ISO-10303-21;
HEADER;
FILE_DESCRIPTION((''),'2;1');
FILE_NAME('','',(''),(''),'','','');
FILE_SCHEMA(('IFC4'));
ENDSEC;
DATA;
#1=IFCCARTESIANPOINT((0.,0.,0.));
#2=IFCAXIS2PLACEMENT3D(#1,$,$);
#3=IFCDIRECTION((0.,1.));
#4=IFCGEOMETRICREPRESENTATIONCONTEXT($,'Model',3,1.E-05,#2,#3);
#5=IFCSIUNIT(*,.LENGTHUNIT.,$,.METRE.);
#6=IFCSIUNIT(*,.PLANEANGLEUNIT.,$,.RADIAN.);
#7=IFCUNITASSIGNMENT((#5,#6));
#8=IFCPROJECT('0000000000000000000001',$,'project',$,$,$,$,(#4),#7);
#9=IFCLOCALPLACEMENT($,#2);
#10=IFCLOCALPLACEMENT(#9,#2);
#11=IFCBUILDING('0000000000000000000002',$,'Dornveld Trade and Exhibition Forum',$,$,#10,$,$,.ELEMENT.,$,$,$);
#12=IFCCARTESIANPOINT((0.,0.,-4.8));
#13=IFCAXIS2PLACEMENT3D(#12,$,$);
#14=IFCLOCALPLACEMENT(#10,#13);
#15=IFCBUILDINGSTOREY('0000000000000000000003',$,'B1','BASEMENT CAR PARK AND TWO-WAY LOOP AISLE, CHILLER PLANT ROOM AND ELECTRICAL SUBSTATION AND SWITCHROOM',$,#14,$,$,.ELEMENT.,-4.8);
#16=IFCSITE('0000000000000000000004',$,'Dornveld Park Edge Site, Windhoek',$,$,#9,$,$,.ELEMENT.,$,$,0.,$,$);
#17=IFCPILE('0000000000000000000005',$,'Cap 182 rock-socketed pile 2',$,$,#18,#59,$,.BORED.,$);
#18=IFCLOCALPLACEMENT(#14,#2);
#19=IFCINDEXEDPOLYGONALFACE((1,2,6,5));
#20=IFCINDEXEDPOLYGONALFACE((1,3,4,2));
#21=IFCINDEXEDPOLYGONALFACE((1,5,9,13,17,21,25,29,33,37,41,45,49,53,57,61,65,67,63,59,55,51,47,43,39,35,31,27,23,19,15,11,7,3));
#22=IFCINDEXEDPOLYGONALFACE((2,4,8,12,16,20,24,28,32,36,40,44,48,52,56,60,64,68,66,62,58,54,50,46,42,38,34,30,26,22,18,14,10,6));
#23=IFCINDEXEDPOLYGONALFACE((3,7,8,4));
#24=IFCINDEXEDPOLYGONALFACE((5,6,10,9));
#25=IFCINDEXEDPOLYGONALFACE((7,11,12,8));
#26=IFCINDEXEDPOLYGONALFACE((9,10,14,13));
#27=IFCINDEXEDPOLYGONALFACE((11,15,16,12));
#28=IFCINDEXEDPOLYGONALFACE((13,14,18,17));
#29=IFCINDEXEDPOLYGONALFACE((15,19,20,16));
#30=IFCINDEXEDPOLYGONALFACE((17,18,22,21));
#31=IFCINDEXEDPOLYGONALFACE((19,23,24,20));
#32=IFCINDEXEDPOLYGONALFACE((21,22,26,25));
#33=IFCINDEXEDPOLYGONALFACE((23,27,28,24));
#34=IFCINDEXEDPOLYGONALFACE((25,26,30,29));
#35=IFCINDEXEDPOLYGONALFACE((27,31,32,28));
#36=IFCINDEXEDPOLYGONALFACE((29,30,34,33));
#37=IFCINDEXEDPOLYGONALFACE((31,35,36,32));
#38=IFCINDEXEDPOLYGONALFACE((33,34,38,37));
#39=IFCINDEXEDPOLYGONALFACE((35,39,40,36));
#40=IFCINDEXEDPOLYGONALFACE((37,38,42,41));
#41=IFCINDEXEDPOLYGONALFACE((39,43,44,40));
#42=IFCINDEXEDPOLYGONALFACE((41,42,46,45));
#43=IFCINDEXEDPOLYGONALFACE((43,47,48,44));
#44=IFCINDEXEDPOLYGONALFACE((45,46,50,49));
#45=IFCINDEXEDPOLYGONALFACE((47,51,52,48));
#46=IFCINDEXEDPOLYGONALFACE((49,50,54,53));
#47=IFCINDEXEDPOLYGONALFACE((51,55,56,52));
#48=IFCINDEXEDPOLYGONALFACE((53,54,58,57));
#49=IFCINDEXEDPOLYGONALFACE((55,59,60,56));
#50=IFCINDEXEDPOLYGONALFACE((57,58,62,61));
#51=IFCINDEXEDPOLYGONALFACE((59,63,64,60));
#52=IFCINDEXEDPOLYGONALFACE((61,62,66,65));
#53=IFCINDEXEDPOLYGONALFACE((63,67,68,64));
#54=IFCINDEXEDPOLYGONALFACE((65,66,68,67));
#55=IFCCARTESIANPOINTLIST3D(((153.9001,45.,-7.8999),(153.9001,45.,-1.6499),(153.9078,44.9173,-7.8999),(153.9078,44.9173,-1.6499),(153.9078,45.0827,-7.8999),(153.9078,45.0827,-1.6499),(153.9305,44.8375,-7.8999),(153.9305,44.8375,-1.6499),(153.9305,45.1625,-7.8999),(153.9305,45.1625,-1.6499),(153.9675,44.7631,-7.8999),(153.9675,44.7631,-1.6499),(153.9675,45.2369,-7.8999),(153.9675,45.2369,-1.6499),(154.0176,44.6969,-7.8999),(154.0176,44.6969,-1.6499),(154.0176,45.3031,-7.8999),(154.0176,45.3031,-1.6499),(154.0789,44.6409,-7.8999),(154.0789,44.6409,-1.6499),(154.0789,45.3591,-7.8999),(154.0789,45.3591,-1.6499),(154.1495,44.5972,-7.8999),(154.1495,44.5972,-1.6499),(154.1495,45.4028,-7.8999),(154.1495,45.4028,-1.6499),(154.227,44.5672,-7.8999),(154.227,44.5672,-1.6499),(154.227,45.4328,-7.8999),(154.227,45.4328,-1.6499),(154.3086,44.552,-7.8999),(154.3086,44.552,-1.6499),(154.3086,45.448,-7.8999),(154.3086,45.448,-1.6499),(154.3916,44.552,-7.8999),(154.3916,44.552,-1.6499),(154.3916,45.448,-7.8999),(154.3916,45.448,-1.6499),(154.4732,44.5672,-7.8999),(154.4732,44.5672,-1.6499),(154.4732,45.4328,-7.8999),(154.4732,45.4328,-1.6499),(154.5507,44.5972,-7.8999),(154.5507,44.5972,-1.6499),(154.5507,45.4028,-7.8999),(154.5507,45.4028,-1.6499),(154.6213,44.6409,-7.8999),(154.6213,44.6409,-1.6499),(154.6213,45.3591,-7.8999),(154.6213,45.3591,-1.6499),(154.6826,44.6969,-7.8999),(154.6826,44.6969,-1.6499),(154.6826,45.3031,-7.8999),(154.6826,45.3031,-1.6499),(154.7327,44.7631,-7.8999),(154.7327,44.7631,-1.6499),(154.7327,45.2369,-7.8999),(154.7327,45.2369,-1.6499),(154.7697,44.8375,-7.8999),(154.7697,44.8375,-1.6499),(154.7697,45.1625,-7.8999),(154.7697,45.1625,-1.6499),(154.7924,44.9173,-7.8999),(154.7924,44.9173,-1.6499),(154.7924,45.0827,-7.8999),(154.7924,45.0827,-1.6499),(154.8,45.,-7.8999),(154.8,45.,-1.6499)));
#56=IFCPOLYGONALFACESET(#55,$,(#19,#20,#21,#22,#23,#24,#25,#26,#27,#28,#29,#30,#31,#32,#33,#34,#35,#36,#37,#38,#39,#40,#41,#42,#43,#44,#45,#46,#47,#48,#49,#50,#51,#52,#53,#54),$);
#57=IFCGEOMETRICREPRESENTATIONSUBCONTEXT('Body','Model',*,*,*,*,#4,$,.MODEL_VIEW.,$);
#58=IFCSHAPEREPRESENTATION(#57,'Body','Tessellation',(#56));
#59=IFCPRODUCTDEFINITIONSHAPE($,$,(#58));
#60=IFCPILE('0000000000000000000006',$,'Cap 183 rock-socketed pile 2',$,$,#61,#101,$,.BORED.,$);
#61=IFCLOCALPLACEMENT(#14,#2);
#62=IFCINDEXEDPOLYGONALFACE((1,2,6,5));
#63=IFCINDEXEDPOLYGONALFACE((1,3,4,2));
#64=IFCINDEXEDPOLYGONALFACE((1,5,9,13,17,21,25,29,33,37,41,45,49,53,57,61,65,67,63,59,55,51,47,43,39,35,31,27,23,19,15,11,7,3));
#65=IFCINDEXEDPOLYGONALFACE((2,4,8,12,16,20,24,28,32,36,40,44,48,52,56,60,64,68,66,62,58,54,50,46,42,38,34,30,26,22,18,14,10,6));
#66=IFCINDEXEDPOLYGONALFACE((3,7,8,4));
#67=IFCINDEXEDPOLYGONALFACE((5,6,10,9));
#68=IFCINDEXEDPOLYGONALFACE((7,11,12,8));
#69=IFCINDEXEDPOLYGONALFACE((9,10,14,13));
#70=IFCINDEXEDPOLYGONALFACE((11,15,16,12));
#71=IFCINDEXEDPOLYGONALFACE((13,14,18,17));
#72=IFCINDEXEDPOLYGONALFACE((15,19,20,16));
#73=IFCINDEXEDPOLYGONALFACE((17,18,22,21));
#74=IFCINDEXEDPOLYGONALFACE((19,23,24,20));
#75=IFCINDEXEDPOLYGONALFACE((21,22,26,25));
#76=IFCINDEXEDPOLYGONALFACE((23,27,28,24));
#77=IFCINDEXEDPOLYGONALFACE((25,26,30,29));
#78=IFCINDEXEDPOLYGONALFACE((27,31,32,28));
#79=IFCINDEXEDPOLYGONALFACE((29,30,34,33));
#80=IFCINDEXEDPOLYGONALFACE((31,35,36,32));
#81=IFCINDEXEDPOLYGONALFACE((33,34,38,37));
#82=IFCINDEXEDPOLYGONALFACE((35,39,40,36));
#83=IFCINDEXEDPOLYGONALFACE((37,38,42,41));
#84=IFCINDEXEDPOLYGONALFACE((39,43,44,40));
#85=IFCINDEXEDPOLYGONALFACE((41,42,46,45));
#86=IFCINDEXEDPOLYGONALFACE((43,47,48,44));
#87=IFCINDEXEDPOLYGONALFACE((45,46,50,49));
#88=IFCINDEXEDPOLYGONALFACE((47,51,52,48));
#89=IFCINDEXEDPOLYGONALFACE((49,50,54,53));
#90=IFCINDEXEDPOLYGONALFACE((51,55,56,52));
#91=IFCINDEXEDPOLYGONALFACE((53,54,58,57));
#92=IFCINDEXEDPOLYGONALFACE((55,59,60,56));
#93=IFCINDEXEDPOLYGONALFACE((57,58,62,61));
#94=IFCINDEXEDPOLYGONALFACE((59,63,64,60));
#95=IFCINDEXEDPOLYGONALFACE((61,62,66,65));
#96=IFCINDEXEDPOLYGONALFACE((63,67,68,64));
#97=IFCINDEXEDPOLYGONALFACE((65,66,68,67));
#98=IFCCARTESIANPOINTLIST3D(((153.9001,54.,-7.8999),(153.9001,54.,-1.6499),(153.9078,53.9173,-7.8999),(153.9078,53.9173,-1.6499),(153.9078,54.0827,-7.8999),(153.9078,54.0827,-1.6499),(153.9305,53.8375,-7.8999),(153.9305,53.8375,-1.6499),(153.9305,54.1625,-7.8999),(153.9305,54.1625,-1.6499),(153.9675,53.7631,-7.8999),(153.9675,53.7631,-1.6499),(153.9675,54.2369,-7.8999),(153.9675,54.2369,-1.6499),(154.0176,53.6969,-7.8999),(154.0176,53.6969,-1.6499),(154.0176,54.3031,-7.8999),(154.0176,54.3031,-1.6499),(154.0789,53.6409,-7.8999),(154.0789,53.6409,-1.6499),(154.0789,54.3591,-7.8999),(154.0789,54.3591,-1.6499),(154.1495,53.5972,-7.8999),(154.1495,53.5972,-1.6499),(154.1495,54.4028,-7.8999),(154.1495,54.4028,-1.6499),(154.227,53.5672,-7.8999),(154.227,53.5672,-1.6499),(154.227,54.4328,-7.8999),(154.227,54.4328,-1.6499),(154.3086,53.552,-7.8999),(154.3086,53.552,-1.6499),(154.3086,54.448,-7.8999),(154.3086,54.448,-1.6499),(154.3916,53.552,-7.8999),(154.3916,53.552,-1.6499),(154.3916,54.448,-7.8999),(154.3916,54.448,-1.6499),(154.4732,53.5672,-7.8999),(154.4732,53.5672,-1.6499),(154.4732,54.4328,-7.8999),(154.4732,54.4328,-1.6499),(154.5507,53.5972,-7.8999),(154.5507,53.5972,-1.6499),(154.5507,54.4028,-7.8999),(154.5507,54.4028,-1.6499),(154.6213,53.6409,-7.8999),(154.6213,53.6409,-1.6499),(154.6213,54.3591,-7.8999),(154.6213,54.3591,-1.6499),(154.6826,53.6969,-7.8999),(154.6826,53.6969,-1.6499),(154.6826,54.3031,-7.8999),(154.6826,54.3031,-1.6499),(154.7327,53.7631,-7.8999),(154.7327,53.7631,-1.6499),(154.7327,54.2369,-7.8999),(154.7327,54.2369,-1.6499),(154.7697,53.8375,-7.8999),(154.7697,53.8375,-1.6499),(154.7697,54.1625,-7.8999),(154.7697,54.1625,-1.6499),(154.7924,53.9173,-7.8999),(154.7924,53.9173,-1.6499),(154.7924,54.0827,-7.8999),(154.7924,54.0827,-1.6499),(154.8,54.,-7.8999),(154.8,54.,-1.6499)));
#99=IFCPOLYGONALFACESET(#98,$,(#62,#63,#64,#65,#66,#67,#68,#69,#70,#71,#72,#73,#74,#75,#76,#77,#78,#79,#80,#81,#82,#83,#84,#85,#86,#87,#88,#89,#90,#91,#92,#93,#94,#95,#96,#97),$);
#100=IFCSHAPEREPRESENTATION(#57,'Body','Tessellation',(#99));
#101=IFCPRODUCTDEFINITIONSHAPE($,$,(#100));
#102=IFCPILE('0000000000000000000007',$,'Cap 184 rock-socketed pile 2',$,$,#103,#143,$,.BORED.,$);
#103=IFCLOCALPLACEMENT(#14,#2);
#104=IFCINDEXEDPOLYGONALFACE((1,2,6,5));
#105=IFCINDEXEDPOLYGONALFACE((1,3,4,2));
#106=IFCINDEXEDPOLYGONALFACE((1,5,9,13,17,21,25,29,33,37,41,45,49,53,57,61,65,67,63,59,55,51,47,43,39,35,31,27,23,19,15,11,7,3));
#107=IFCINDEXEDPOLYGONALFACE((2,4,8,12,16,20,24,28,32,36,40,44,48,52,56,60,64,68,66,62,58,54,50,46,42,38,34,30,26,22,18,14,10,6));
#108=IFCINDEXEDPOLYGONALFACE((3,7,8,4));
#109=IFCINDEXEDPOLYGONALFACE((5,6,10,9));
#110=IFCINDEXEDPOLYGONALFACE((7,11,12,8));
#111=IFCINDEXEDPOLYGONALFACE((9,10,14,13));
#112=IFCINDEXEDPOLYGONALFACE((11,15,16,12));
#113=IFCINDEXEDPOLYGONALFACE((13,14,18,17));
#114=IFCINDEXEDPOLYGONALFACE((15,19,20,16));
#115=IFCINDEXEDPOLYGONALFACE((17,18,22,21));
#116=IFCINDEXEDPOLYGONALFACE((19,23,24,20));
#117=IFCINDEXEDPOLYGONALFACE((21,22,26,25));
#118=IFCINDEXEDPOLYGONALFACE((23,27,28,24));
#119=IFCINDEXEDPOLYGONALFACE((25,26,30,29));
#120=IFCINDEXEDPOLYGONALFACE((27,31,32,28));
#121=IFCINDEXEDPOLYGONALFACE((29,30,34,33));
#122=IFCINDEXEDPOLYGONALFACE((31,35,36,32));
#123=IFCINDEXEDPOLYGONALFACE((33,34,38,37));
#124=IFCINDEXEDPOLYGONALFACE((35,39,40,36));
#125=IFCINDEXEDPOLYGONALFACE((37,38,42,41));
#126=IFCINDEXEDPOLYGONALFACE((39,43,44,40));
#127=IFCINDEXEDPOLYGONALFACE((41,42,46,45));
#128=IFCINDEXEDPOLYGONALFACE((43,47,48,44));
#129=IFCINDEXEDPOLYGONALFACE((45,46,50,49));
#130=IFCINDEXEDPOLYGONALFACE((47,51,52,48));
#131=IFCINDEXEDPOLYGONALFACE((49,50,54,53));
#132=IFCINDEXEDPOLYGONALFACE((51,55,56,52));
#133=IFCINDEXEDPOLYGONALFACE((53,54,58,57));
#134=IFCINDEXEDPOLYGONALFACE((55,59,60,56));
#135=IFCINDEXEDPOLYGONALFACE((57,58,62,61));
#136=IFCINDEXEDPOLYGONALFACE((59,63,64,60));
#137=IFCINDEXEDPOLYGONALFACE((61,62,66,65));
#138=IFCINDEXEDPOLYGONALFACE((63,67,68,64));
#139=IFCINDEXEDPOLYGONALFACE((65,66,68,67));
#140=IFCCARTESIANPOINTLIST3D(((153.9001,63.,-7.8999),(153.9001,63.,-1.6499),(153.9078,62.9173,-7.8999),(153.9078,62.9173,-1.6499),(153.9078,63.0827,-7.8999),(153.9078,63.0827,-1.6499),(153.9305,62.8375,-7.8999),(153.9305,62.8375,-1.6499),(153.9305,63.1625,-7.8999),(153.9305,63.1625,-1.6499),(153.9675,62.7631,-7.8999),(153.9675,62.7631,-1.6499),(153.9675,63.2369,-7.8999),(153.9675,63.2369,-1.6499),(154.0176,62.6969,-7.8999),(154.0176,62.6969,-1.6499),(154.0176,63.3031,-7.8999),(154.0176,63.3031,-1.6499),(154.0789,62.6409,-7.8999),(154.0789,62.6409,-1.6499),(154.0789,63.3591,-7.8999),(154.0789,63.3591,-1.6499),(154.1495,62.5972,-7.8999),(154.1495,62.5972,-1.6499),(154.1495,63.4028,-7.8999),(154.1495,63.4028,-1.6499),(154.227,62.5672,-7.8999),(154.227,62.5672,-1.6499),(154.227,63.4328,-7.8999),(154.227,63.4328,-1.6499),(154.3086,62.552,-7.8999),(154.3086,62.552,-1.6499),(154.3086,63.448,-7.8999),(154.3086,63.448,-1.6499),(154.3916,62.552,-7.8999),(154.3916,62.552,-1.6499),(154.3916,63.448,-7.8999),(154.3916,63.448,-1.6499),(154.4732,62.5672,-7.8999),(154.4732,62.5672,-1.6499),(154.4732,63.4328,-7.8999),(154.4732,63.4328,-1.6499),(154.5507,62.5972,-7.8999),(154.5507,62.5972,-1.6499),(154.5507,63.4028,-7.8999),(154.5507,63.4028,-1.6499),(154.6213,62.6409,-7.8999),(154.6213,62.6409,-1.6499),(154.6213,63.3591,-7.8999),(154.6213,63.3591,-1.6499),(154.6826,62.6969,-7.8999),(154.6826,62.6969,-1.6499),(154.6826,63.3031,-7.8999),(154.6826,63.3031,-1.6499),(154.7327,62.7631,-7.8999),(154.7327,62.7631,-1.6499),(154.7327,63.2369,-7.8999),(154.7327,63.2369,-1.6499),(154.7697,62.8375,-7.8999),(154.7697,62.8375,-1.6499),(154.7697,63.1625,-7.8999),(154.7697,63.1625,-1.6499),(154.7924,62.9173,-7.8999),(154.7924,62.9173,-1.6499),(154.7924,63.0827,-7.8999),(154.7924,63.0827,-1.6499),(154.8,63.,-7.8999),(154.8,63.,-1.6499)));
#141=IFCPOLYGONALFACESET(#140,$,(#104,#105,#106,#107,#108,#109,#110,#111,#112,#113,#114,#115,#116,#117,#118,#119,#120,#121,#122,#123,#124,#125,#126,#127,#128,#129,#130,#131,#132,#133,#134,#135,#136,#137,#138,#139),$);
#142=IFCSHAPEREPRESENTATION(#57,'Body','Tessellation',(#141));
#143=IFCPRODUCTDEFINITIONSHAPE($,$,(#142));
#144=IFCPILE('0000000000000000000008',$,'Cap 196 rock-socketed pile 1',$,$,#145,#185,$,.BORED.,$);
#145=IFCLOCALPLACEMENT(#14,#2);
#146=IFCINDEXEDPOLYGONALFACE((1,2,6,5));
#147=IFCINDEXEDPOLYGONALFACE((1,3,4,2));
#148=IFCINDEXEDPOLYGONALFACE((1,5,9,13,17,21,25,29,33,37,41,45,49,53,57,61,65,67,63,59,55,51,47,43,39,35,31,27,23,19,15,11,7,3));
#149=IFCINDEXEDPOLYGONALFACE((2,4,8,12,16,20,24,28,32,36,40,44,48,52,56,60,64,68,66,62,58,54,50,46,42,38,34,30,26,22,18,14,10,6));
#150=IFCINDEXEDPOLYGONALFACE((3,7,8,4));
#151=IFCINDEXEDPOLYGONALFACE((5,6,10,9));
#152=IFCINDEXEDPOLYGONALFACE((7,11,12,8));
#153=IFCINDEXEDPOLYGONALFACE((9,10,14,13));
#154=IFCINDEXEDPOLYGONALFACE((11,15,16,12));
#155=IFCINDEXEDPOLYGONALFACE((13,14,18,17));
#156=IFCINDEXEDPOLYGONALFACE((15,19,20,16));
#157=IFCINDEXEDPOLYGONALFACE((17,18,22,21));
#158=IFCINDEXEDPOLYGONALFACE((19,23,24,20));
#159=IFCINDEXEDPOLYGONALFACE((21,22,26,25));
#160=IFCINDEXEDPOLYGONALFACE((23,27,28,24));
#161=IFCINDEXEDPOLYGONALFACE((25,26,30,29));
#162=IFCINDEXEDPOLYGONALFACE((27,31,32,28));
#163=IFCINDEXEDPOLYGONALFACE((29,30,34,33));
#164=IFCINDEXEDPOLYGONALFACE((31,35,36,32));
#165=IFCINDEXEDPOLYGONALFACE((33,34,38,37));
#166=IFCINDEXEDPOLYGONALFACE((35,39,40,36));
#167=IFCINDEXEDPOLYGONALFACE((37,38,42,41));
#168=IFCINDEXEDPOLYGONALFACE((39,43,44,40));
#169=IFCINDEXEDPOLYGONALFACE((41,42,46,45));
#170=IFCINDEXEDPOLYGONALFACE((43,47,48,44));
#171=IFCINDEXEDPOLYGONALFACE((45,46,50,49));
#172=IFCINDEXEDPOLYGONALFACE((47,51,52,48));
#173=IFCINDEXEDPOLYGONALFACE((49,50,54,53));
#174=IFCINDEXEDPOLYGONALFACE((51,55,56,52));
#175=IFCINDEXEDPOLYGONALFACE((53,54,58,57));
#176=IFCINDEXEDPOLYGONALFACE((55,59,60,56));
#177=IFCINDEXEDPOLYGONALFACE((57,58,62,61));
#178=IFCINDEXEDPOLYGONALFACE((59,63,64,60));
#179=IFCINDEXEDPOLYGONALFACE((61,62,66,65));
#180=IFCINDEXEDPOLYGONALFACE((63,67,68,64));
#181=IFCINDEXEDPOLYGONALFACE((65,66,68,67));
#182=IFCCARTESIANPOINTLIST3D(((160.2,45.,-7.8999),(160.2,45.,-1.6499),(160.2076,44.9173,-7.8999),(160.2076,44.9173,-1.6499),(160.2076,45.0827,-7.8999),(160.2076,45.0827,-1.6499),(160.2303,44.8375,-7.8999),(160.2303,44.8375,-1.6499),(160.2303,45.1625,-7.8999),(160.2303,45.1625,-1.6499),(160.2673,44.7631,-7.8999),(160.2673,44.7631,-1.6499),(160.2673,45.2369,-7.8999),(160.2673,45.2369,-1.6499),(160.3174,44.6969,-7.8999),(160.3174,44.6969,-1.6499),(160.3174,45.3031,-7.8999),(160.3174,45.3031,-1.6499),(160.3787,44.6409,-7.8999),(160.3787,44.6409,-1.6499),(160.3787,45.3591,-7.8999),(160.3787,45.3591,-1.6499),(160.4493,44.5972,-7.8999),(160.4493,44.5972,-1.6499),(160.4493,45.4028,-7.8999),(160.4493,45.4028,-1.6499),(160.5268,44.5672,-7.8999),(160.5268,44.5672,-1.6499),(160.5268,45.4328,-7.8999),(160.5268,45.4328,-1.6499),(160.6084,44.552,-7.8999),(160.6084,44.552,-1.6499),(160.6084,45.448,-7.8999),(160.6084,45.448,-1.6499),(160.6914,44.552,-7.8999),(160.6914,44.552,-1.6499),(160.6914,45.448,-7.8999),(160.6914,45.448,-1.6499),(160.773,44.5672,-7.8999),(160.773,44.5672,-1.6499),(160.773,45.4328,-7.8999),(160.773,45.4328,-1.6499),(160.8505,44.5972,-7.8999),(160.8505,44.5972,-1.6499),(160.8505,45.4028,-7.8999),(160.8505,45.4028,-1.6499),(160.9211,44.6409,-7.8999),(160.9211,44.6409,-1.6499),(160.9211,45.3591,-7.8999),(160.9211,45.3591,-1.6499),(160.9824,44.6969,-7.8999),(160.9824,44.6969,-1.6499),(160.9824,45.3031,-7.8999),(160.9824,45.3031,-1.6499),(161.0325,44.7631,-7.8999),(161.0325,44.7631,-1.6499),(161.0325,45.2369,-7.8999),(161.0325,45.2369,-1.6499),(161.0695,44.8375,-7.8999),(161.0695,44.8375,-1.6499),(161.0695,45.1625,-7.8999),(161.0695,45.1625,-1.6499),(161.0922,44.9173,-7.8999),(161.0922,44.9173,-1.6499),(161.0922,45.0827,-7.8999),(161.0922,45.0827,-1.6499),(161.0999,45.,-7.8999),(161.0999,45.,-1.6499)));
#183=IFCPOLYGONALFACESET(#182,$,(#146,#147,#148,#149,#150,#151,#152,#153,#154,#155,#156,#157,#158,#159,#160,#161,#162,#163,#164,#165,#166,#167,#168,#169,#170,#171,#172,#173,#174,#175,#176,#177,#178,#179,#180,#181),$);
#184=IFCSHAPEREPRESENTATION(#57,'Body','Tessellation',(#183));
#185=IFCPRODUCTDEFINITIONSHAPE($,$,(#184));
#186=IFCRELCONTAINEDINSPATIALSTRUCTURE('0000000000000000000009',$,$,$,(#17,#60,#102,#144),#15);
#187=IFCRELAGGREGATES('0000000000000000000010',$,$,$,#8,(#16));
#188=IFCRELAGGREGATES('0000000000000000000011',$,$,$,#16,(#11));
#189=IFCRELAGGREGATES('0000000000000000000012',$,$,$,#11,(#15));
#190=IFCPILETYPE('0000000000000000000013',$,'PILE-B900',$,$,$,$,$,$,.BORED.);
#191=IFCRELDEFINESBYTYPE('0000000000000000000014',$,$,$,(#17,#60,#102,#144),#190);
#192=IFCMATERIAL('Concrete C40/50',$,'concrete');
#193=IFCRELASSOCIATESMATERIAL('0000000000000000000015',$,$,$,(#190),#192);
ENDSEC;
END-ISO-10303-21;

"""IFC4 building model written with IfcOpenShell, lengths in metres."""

from ifc_helpers import new_model, si_unit, direction, frame, origin, origin_2d, place, context, subcontext, project, spatial, circle, extrude, material, material_profile, profile_set, type_object, element, save


model = new_model("IFC4")

# Units and contexts
model_context = context("Model", 3, precision=1e-05, world=origin(), true_north=direction((0.0, 1.0)))
body_context = subcontext(model_context, "Body", "Model", "MODEL_VIEW")
ifc_project = project(units=[si_unit("LENGTHUNIT", "METRE"), si_unit("PLANEANGLEUNIT", "RADIAN")], contexts=[model_context])

# Site, building, storey
site_placement = place(None, origin())
site = spatial("IfcSite", under=ifc_project, at=site_placement, Name="Dornveld Park Edge Site, Windhoek", CompositionType="ELEMENT", RefElevation=0.0)
building_placement = place(site_placement, origin())
building = spatial("IfcBuilding", under=site, at=building_placement, Name="Dornveld Trade and Exhibition Forum", CompositionType="ELEMENT")
storey_placement = place(building_placement, frame((0.0, 0.0, -4.8)))
storey = spatial("IfcBuildingStorey", under=building, at=storey_placement, Name="B1", Description="BASEMENT CAR PARK AND TWO-WAY LOOP AISLE, CHILLER PLANT ROOM AND ELECTRICAL SUBSTATION AND SWITCHROOM", CompositionType="ELEMENT", Elevation=-4.8)

# Piles
ifc_material_1 = material(Name="Concrete C40/50", Category="concrete")
ifc_material_profile_1 = material_profile(ifc_material_1, circle(Radius=0.45, at=origin_2d()), Name="PILE D900")
ifc_profile_set_1 = profile_set([ifc_material_profile_1], Name="Concrete C40/50")
pile_type = type_object("IfcPileType", Name="PILE-B900", PredefinedType="BORED", material=ifc_profile_set_1)
for number, where, z_axis, x_axis, name in (
    (1, (154.3501, 45.0, -1.6499), (0.0, 0.0, -1.0), (1.0, 0.0, 0.0), "Cap 182 rock-socketed pile 2"),
    (2, (154.3501, 54.0, -1.6499), (0.0, 0.0, -1.0), (1.0, 0.0, 0.0), "Cap 183 rock-socketed pile 2"),
    (3, (154.3501, 63.0, -1.6499), (0.0, 0.0, -1.0), (1.0, 0.0, 0.0), "Cap 184 rock-socketed pile 2"),
    (4, (160.6499, 45.0, -1.6499), (0.0, 0.0, -1.0), (1.0, 0.0, 0.0), "Cap 196 rock-socketed pile 1"),
):
    element("IfcPile", number, at=place(storey_placement, frame(where, z_axis=z_axis, x_axis=x_axis)), inside=storey, type_object=pile_type, Name=name, PredefinedType="BORED", context=body_context, shape_type="SweptSolid", body=[
        extrude(circle(Radius=0.45, at=origin_2d()), origin(), (0.0, 0.0, 1.0), 6.25),
    ])

save(model, "model.ifc")
